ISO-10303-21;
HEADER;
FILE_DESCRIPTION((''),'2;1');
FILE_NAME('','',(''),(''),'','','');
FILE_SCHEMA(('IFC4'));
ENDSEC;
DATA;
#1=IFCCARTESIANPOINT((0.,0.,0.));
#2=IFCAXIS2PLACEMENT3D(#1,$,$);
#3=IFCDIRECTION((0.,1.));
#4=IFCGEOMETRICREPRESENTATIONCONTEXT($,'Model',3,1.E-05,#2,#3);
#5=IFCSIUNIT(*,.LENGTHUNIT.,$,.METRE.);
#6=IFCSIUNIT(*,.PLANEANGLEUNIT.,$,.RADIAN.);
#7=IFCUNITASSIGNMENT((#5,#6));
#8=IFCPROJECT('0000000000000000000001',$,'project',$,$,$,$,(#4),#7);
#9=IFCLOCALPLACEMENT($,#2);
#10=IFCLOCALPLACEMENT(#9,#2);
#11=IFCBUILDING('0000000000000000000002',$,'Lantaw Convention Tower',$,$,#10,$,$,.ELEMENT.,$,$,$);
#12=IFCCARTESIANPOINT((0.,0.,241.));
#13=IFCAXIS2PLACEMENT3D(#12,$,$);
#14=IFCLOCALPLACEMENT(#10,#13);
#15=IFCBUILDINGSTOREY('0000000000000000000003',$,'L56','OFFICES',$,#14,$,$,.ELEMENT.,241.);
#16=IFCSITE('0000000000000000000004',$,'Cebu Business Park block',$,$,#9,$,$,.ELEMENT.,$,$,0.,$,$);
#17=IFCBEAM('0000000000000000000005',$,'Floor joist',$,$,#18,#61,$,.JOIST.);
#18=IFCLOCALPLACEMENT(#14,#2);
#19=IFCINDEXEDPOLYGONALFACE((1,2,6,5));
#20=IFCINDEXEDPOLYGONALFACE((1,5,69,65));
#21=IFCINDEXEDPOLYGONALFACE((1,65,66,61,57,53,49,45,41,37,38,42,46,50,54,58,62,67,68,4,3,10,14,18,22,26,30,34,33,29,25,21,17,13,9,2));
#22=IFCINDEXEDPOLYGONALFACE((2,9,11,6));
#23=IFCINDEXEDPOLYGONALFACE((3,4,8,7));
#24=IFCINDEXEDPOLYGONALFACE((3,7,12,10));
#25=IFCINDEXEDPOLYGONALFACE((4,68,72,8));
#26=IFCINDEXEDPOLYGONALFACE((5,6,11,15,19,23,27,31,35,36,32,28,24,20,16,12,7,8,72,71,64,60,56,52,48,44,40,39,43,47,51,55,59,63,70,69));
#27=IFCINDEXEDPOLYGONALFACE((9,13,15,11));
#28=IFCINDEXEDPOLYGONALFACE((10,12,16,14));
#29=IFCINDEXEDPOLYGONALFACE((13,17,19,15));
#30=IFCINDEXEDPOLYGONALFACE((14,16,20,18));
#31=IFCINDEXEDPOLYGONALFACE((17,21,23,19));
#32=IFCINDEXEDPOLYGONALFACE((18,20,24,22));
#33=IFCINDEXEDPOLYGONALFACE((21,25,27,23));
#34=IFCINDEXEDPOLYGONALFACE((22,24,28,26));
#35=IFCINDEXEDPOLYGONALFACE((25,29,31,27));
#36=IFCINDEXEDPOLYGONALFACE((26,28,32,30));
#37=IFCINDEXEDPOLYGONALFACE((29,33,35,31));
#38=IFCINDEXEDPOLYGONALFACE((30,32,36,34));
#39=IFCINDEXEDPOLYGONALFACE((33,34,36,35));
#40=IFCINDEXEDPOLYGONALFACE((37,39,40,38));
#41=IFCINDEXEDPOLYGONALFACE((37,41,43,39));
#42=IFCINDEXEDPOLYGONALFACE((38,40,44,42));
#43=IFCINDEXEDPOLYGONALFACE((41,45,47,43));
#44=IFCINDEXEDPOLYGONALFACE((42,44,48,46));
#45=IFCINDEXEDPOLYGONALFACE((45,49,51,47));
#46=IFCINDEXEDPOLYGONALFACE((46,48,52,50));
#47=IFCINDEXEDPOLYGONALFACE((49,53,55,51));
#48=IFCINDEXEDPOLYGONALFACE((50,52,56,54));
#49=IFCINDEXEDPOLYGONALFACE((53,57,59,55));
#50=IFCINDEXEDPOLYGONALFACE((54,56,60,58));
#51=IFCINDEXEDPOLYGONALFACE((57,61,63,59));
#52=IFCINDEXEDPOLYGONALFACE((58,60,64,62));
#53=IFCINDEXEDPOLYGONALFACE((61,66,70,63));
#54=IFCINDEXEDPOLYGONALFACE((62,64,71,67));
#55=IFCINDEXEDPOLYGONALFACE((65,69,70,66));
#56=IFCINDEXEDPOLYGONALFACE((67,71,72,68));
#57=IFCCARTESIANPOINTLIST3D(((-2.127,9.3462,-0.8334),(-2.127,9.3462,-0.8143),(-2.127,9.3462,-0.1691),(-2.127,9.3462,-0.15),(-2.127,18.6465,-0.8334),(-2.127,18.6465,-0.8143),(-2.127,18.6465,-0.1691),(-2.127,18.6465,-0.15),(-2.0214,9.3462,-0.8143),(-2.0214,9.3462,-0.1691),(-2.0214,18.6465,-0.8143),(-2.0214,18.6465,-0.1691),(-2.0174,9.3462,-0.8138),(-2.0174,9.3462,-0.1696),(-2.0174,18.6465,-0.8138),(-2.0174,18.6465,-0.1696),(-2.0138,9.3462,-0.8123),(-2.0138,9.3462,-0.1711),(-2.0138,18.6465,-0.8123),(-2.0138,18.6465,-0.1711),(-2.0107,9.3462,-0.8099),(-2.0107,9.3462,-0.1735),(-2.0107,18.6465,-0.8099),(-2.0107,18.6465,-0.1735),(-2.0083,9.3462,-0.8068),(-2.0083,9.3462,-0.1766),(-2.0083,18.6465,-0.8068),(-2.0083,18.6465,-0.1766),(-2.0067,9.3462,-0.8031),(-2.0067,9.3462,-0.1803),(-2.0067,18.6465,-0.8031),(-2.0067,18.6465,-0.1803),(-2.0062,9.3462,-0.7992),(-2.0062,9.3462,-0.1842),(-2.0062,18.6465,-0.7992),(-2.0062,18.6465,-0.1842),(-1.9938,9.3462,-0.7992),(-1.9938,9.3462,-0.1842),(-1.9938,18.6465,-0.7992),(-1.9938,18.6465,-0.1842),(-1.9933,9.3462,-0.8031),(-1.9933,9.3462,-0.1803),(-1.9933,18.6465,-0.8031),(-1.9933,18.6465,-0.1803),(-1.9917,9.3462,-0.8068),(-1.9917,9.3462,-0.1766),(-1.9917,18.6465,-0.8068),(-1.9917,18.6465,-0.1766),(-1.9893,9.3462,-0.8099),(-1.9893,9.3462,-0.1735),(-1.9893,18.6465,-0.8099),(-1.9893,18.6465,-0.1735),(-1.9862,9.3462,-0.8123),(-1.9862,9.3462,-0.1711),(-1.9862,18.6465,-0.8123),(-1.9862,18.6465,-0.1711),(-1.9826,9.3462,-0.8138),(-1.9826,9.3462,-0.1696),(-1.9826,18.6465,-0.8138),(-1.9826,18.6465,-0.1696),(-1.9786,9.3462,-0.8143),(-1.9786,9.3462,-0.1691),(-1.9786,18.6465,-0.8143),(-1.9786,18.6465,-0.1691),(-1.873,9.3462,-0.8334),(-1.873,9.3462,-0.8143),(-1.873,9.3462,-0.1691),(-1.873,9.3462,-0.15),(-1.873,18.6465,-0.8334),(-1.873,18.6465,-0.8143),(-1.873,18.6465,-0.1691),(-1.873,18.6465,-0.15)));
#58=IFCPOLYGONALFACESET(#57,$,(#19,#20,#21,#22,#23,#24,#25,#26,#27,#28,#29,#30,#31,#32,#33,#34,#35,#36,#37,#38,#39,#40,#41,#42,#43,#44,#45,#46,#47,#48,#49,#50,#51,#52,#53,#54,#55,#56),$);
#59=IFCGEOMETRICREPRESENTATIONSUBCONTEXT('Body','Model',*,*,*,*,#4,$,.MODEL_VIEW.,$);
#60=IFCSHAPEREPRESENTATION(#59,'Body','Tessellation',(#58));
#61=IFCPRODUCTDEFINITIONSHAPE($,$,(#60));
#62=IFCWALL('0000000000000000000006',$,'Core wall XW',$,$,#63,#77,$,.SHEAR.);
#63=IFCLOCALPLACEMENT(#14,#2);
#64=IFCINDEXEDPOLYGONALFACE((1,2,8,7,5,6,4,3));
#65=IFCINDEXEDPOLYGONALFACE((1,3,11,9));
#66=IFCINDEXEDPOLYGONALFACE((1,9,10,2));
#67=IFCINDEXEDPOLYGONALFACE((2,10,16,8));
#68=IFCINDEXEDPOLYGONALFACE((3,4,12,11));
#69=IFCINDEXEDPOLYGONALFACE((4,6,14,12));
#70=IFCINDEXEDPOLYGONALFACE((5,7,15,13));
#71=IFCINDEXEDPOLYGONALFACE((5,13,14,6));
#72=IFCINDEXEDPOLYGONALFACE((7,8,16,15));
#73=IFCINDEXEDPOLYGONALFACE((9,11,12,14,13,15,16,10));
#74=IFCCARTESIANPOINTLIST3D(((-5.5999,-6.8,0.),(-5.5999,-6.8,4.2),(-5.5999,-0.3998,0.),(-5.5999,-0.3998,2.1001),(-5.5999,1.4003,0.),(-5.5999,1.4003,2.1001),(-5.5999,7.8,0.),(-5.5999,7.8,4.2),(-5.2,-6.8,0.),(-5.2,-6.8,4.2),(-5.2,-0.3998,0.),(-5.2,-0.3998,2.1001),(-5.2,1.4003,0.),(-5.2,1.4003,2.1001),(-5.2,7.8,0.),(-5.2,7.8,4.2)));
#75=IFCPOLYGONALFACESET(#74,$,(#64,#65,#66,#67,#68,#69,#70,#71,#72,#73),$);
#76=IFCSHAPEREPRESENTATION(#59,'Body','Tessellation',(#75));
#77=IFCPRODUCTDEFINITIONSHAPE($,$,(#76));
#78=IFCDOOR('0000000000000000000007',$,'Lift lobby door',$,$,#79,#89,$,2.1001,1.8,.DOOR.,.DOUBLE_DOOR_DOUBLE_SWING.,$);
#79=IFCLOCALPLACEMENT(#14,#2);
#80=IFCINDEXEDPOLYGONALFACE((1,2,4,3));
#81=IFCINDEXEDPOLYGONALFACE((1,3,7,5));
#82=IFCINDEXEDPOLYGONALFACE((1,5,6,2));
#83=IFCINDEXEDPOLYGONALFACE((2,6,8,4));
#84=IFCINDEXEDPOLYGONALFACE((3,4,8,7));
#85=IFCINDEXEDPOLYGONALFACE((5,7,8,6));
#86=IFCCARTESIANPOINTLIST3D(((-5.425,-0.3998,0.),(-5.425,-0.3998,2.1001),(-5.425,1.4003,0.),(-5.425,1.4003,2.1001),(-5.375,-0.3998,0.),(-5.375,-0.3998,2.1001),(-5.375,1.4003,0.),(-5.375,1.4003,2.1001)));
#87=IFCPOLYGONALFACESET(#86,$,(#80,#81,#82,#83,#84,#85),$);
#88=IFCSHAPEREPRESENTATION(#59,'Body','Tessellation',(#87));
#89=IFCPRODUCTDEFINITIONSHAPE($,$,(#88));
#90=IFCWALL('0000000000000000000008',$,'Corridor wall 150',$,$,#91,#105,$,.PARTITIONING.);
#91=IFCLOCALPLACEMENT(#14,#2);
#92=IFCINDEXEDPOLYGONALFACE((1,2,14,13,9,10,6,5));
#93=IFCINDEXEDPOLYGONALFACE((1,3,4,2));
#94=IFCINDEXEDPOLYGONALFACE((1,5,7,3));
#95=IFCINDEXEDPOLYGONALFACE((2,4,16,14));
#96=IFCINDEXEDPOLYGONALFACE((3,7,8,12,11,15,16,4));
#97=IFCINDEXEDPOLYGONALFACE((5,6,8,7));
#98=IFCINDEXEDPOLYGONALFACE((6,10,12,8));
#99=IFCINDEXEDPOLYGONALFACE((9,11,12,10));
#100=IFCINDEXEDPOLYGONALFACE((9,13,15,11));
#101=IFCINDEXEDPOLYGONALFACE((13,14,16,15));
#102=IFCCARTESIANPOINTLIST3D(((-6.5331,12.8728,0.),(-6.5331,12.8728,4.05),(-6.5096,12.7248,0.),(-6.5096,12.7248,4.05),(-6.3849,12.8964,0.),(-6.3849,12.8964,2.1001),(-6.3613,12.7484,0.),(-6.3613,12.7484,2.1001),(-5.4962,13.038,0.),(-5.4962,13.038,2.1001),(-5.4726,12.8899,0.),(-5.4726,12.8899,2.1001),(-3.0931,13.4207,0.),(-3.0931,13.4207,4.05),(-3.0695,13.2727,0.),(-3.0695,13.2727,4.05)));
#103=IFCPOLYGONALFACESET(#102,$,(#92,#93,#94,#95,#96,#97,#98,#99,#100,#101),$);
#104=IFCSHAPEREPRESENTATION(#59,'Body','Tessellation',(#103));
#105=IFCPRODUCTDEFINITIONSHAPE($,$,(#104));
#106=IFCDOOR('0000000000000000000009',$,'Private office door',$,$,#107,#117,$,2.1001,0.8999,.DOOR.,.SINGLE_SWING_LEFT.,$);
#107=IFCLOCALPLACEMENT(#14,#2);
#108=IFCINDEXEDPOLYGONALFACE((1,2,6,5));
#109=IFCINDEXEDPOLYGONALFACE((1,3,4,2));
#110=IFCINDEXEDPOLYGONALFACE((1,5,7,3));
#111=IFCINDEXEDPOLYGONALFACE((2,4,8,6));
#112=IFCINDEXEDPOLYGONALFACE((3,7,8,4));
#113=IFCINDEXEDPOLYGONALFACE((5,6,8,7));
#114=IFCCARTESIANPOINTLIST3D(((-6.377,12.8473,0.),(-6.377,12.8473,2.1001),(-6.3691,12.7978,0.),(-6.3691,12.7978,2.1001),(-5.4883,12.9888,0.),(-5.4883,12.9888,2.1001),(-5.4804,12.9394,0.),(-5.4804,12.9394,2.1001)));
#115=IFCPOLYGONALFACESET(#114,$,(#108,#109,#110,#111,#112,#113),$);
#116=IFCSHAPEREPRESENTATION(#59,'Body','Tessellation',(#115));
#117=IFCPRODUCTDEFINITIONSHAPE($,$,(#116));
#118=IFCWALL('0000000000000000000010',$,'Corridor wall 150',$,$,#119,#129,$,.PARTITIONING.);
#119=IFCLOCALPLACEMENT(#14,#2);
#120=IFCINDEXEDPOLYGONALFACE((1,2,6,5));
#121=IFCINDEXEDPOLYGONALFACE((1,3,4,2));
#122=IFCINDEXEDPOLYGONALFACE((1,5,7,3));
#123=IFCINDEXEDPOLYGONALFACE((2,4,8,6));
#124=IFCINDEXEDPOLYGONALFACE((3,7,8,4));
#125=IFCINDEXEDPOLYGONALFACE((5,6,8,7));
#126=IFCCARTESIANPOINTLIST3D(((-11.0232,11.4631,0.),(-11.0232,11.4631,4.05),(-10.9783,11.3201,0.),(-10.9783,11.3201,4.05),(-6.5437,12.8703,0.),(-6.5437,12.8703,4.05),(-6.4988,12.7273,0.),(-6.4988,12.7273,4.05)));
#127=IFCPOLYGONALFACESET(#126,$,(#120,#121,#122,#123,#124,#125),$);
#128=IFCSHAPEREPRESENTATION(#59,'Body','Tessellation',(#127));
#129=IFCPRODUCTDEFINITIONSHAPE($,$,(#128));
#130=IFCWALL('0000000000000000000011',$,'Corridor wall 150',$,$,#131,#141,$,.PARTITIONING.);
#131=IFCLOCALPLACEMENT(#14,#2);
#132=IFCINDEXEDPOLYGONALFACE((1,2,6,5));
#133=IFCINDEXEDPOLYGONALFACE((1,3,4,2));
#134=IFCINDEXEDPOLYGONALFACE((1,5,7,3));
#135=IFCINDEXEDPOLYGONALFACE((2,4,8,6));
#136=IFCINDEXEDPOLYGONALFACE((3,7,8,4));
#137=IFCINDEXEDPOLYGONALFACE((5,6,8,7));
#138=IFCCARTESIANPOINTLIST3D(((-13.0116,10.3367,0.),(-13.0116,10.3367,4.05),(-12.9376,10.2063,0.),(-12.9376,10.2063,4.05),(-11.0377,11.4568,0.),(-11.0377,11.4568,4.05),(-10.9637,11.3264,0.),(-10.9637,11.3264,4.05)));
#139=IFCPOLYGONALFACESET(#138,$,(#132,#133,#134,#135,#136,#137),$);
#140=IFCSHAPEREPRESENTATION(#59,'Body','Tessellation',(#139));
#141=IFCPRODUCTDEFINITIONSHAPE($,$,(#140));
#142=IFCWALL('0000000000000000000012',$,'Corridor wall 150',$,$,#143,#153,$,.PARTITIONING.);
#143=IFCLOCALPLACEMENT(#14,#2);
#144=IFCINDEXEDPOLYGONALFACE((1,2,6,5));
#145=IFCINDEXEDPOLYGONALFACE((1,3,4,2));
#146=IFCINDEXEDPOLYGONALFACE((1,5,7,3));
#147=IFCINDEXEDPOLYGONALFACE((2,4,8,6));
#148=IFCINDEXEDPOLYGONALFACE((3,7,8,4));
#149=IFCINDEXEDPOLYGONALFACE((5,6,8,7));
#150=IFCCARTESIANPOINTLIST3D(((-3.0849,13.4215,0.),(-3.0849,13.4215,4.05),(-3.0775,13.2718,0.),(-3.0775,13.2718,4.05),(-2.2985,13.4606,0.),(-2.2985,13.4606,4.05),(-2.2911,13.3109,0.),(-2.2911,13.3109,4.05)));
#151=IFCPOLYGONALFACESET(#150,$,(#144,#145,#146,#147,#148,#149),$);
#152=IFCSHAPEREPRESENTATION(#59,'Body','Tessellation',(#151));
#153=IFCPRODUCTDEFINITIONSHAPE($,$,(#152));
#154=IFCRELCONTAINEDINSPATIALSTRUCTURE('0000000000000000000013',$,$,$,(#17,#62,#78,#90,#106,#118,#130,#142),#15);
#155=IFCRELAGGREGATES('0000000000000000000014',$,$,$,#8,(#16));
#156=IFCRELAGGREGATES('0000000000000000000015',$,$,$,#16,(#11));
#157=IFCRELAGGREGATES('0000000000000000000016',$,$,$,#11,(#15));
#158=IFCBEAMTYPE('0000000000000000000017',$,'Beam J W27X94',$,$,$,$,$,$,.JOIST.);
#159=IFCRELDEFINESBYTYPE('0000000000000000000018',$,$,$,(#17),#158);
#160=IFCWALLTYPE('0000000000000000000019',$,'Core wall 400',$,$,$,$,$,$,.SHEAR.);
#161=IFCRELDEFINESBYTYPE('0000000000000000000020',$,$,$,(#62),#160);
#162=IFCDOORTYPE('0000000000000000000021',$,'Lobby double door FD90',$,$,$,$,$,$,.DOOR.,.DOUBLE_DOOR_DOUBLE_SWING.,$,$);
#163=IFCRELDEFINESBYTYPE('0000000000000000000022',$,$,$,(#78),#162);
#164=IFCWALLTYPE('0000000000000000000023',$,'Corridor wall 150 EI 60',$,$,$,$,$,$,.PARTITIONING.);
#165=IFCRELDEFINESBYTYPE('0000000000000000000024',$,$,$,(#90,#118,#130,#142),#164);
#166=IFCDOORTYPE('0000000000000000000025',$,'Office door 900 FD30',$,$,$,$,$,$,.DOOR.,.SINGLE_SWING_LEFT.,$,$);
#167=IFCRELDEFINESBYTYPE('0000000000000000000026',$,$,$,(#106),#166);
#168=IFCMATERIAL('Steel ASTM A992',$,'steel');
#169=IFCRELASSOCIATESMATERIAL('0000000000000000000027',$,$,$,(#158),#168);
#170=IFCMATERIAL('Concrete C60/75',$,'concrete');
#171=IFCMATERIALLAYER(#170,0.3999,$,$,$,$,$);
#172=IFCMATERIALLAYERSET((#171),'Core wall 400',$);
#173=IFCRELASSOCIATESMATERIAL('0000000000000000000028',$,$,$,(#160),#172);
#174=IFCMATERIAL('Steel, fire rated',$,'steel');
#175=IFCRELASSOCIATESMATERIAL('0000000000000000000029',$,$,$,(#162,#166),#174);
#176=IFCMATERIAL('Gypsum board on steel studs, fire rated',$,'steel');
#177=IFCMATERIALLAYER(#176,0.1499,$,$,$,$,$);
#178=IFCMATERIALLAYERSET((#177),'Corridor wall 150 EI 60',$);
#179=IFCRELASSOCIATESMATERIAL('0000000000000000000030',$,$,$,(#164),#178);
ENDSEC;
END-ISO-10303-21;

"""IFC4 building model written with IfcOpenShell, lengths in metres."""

from ifc_helpers import new_model, si_unit, direction, frame, frame_2d, origin, origin_2d, place, context, subcontext, project, spatial, rectangle, i_section, extrude, material, layer, layer_set, material_profile, profile_set, type_object, element, fill, save


model = new_model("IFC4")

# Units and contexts
model_context = context("Model", 3, precision=1e-05, world=origin(), true_north=direction((0.0, 1.0)))
body_context = subcontext(model_context, "Body", "Model", "MODEL_VIEW")
ifc_project = project(units=[si_unit("LENGTHUNIT", "METRE"), si_unit("PLANEANGLEUNIT", "RADIAN")], contexts=[model_context])

# Site, building, storey
site_placement = place(None, origin())
site = spatial("IfcSite", under=ifc_project, at=site_placement, Name="Cebu Business Park block", CompositionType="ELEMENT", RefElevation=0.0)
building_placement = place(site_placement, origin())
building = spatial("IfcBuilding", under=site, at=building_placement, Name="Lantaw Convention Tower", CompositionType="ELEMENT")
storey_placement = place(building_placement, frame((0.0, 0.0, 241.0)))
storey = spatial("IfcBuildingStorey", under=building, at=storey_placement, Name="L56", Description="OFFICES", CompositionType="ELEMENT", Elevation=241.0)

# Shared definitions
ifc_material_1 = material(Name="Concrete C60/75", Category="concrete")

# Beam
ifc_material_2 = material(Name="Steel ASTM A992", Category="steel")
ifc_material_profile_1 = material_profile(ifc_material_2, i_section(OverallWidth=0.2539, OverallDepth=0.6833, WebThickness=0.0125, FlangeThickness=0.019, FilletRadius=0.0151, at=origin_2d()), Name="W27X94")
ifc_profile_set_1 = profile_set([ifc_material_profile_1], Name="Steel ASTM A992")
beam_type_1 = type_object("IfcBeamType", Name="Beam J W27X94", PredefinedType="JOIST", material=ifc_profile_set_1)
beam_1_placement = place(storey_placement, frame((-2.0, 9.3462, -0.4917), z_axis=(0.0, 1.0, 0.0), x_axis=(-1.0, 0.0, 0.0)))
element("IfcBeam", 1, at=beam_1_placement, inside=storey, type_object=beam_type_1, Name="Floor joist", PredefinedType="JOIST", context=body_context, shape_type="SweptSolid", body=[
    extrude(i_section(OverallWidth=0.2539, OverallDepth=0.6833, WebThickness=0.0125, FlangeThickness=0.019, FilletRadius=0.0151, at=origin_2d()), origin(), (0.0, 0.0, 1.0), 9.3003),
])

# Walls, openings, doors
ifc_layer_1 = layer(ifc_material_1, 0.3999)
ifc_layer_set_1 = layer_set([ifc_layer_1], Name="Core wall 400")
wall_type_1 = type_object("IfcWallType", Name="Core wall 400", PredefinedType="SHEAR", material=ifc_layer_set_1)
wall_1_placement = place(storey_placement, frame((-5.3999, 7.8, 0.0), z_axis=(0.0, 0.0, 1.0), x_axis=(0.0, -1.0, 0.0)))
wall_1 = element("IfcWall", 2, at=wall_1_placement, inside=storey, type_object=wall_type_1, Name="Core wall XW", PredefinedType="SHEAR", context=body_context, shape_type="SweptSolid", body=[
    extrude(rectangle(XDim=14.6001, YDim=0.3999, at=frame_2d((7.3, 0.0))), origin(), (0.0, 0.0, 1.0), 4.2),
])
opening_1_placement = place(wall_1_placement, frame((6.3999, 0.0, 0.0)))
opening_1 = element("IfcOpeningElement", 3, at=opening_1_placement, cuts=wall_1, PredefinedType="OPENING", context=body_context, shape_type="SweptSolid", body=[
    extrude(rectangle(XDim=1.8, YDim=2.1001, at=frame_2d((0.8999, 1.05))), frame((0.0, 0.21, 0.0), z_axis=(0.0, -1.0, 0.0), x_axis=(1.0, 0.0, 0.0)), (0.0, 0.0, 1.0), 0.4199),
])
ifc_material_3 = material(Name="Steel, fire rated", Category="steel")
door_type_1 = type_object("IfcDoorType", Name="Lobby double door FD90", OperationType="DOUBLE_DOOR_DOUBLE_SWING", PredefinedType="DOOR", material=ifc_material_3)
door_1_placement = place(opening_1_placement, origin())
door_1 = element("IfcDoor", 4, at=door_1_placement, inside=storey, type_object=door_type_1, Name="Lift lobby door", OperationType="DOUBLE_DOOR_DOUBLE_SWING", OverallHeight=2.1001, OverallWidth=1.8, PredefinedType="DOOR", context=body_context, shape_type="SweptSolid", body=[
    extrude(rectangle(XDim=1.8, YDim=2.1001, at=frame_2d((0.8999, 1.05))), frame((0.0, 0.0249, 0.0), z_axis=(0.0, -1.0, 0.0), x_axis=(1.0, 0.0, 0.0)), (0.0, 0.0, 1.0), 0.05),
])
fill(opening_1, door_1)
ifc_material_4 = material(Name="Gypsum board on steel studs, fire rated", Category="steel")
ifc_layer_2 = layer(ifc_material_4, 0.1499)
ifc_layer_set_2 = layer_set([ifc_layer_2], Name="Corridor wall 150 EI 60")
wall_type_2 = type_object("IfcWallType", Name="Corridor wall 150 EI 60", PredefinedType="PARTITIONING", material=ifc_layer_set_2)
wall_2_placement = place(storey_placement, frame((-3.0813, 13.3467, 0.0), z_axis=(0.0, 0.0, 1.0), x_axis=(-0.987554, -0.15728, 0.0)))
wall_2 = element("IfcWall", 5, at=wall_2_placement, inside=storey, type_object=wall_type_2, Name="Corridor wall 150", PredefinedType="PARTITIONING", context=body_context, shape_type="SweptSolid", body=[
    extrude(rectangle(XDim=3.4834, YDim=0.1499, at=frame_2d((1.7417, 0.0))), origin(), (0.0, 0.0, 1.0), 4.05),
])
opening_2_placement = place(wall_2_placement, frame((2.4333, 0.0, 0.0)))
opening_2 = element("IfcOpeningElement", 6, at=opening_2_placement, cuts=wall_2, PredefinedType="OPENING", context=body_context, shape_type="SweptSolid", body=[
    extrude(rectangle(XDim=0.8999, YDim=2.1001, at=frame_2d((0.45, 1.05))), frame((0.0, 0.085, 0.0), z_axis=(0.0, -1.0, 0.0), x_axis=(1.0, 0.0, 0.0)), (0.0, 0.0, 1.0), 0.1699),
])
door_type_2 = type_object("IfcDoorType", Name="Office door 900 FD30", OperationType="SINGLE_SWING_LEFT", PredefinedType="DOOR", material=ifc_material_3)
door_2_placement = place(opening_2_placement, origin())
door_2 = element("IfcDoor", 7, at=door_2_placement, inside=storey, type_object=door_type_2, Name="Private office door", OperationType="SINGLE_SWING_LEFT", OverallHeight=2.1001, OverallWidth=0.8999, PredefinedType="DOOR", context=body_context, shape_type="SweptSolid", body=[
    extrude(rectangle(XDim=0.8999, YDim=2.1001, at=frame_2d((0.45, 1.05))), frame((0.0, 0.0249, 0.0), z_axis=(0.0, -1.0, 0.0), x_axis=(1.0, 0.0, 0.0)), (0.0, 0.0, 1.0), 0.05),
])
fill(opening_2, door_2)

# Walls
wall_3_placement = place(storey_placement, frame((-6.5212, 12.7988, 0.0), z_axis=(0.0, 0.0, 1.0), x_axis=(-0.954031, -0.299708, 0.0)))
element("IfcWall", 8, at=wall_3_placement, inside=storey, type_object=wall_type_2, Name="Corridor wall 150", PredefinedType="PARTITIONING", context=body_context, shape_type="SweptSolid", body=[
    extrude(rectangle(XDim=4.6953, YDim=0.1499, at=frame_2d((2.3477, 0.0))), origin(), (0.0, 0.0, 1.0), 4.05),
])
wall_4_placement = place(storey_placement, frame((-11.0007, 11.3916, 0.0), z_axis=(0.0, 0.0, 1.0), x_axis=(-0.869722, -0.493542, 0.0)))
element("IfcWall", 9, at=wall_4_placement, inside=storey, type_object=wall_type_2, Name="Corridor wall 150", PredefinedType="PARTITIONING", context=body_context, shape_type="SweptSolid", body=[
    extrude(rectangle(XDim=2.2695, YDim=0.1499, at=frame_2d((1.1348, 0.0))), origin(), (0.0, 0.0, 1.0), 4.05),
])
wall_5_placement = place(storey_placement, frame((-2.2949, 13.3857, 0.0), z_axis=(0.0, 0.0, 1.0), x_axis=(-0.998769, -0.049613, 0.0)))
element("IfcWall", 10, at=wall_5_placement, inside=storey, type_object=wall_type_2, Name="Corridor wall 150", PredefinedType="PARTITIONING", context=body_context, shape_type="SweptSolid", body=[
    extrude(rectangle(XDim=0.7874, YDim=0.1499, at=frame_2d((0.3936, 0.0))), origin(), (0.0, 0.0, 1.0), 4.05),
])

save(model, "model.ifc")
